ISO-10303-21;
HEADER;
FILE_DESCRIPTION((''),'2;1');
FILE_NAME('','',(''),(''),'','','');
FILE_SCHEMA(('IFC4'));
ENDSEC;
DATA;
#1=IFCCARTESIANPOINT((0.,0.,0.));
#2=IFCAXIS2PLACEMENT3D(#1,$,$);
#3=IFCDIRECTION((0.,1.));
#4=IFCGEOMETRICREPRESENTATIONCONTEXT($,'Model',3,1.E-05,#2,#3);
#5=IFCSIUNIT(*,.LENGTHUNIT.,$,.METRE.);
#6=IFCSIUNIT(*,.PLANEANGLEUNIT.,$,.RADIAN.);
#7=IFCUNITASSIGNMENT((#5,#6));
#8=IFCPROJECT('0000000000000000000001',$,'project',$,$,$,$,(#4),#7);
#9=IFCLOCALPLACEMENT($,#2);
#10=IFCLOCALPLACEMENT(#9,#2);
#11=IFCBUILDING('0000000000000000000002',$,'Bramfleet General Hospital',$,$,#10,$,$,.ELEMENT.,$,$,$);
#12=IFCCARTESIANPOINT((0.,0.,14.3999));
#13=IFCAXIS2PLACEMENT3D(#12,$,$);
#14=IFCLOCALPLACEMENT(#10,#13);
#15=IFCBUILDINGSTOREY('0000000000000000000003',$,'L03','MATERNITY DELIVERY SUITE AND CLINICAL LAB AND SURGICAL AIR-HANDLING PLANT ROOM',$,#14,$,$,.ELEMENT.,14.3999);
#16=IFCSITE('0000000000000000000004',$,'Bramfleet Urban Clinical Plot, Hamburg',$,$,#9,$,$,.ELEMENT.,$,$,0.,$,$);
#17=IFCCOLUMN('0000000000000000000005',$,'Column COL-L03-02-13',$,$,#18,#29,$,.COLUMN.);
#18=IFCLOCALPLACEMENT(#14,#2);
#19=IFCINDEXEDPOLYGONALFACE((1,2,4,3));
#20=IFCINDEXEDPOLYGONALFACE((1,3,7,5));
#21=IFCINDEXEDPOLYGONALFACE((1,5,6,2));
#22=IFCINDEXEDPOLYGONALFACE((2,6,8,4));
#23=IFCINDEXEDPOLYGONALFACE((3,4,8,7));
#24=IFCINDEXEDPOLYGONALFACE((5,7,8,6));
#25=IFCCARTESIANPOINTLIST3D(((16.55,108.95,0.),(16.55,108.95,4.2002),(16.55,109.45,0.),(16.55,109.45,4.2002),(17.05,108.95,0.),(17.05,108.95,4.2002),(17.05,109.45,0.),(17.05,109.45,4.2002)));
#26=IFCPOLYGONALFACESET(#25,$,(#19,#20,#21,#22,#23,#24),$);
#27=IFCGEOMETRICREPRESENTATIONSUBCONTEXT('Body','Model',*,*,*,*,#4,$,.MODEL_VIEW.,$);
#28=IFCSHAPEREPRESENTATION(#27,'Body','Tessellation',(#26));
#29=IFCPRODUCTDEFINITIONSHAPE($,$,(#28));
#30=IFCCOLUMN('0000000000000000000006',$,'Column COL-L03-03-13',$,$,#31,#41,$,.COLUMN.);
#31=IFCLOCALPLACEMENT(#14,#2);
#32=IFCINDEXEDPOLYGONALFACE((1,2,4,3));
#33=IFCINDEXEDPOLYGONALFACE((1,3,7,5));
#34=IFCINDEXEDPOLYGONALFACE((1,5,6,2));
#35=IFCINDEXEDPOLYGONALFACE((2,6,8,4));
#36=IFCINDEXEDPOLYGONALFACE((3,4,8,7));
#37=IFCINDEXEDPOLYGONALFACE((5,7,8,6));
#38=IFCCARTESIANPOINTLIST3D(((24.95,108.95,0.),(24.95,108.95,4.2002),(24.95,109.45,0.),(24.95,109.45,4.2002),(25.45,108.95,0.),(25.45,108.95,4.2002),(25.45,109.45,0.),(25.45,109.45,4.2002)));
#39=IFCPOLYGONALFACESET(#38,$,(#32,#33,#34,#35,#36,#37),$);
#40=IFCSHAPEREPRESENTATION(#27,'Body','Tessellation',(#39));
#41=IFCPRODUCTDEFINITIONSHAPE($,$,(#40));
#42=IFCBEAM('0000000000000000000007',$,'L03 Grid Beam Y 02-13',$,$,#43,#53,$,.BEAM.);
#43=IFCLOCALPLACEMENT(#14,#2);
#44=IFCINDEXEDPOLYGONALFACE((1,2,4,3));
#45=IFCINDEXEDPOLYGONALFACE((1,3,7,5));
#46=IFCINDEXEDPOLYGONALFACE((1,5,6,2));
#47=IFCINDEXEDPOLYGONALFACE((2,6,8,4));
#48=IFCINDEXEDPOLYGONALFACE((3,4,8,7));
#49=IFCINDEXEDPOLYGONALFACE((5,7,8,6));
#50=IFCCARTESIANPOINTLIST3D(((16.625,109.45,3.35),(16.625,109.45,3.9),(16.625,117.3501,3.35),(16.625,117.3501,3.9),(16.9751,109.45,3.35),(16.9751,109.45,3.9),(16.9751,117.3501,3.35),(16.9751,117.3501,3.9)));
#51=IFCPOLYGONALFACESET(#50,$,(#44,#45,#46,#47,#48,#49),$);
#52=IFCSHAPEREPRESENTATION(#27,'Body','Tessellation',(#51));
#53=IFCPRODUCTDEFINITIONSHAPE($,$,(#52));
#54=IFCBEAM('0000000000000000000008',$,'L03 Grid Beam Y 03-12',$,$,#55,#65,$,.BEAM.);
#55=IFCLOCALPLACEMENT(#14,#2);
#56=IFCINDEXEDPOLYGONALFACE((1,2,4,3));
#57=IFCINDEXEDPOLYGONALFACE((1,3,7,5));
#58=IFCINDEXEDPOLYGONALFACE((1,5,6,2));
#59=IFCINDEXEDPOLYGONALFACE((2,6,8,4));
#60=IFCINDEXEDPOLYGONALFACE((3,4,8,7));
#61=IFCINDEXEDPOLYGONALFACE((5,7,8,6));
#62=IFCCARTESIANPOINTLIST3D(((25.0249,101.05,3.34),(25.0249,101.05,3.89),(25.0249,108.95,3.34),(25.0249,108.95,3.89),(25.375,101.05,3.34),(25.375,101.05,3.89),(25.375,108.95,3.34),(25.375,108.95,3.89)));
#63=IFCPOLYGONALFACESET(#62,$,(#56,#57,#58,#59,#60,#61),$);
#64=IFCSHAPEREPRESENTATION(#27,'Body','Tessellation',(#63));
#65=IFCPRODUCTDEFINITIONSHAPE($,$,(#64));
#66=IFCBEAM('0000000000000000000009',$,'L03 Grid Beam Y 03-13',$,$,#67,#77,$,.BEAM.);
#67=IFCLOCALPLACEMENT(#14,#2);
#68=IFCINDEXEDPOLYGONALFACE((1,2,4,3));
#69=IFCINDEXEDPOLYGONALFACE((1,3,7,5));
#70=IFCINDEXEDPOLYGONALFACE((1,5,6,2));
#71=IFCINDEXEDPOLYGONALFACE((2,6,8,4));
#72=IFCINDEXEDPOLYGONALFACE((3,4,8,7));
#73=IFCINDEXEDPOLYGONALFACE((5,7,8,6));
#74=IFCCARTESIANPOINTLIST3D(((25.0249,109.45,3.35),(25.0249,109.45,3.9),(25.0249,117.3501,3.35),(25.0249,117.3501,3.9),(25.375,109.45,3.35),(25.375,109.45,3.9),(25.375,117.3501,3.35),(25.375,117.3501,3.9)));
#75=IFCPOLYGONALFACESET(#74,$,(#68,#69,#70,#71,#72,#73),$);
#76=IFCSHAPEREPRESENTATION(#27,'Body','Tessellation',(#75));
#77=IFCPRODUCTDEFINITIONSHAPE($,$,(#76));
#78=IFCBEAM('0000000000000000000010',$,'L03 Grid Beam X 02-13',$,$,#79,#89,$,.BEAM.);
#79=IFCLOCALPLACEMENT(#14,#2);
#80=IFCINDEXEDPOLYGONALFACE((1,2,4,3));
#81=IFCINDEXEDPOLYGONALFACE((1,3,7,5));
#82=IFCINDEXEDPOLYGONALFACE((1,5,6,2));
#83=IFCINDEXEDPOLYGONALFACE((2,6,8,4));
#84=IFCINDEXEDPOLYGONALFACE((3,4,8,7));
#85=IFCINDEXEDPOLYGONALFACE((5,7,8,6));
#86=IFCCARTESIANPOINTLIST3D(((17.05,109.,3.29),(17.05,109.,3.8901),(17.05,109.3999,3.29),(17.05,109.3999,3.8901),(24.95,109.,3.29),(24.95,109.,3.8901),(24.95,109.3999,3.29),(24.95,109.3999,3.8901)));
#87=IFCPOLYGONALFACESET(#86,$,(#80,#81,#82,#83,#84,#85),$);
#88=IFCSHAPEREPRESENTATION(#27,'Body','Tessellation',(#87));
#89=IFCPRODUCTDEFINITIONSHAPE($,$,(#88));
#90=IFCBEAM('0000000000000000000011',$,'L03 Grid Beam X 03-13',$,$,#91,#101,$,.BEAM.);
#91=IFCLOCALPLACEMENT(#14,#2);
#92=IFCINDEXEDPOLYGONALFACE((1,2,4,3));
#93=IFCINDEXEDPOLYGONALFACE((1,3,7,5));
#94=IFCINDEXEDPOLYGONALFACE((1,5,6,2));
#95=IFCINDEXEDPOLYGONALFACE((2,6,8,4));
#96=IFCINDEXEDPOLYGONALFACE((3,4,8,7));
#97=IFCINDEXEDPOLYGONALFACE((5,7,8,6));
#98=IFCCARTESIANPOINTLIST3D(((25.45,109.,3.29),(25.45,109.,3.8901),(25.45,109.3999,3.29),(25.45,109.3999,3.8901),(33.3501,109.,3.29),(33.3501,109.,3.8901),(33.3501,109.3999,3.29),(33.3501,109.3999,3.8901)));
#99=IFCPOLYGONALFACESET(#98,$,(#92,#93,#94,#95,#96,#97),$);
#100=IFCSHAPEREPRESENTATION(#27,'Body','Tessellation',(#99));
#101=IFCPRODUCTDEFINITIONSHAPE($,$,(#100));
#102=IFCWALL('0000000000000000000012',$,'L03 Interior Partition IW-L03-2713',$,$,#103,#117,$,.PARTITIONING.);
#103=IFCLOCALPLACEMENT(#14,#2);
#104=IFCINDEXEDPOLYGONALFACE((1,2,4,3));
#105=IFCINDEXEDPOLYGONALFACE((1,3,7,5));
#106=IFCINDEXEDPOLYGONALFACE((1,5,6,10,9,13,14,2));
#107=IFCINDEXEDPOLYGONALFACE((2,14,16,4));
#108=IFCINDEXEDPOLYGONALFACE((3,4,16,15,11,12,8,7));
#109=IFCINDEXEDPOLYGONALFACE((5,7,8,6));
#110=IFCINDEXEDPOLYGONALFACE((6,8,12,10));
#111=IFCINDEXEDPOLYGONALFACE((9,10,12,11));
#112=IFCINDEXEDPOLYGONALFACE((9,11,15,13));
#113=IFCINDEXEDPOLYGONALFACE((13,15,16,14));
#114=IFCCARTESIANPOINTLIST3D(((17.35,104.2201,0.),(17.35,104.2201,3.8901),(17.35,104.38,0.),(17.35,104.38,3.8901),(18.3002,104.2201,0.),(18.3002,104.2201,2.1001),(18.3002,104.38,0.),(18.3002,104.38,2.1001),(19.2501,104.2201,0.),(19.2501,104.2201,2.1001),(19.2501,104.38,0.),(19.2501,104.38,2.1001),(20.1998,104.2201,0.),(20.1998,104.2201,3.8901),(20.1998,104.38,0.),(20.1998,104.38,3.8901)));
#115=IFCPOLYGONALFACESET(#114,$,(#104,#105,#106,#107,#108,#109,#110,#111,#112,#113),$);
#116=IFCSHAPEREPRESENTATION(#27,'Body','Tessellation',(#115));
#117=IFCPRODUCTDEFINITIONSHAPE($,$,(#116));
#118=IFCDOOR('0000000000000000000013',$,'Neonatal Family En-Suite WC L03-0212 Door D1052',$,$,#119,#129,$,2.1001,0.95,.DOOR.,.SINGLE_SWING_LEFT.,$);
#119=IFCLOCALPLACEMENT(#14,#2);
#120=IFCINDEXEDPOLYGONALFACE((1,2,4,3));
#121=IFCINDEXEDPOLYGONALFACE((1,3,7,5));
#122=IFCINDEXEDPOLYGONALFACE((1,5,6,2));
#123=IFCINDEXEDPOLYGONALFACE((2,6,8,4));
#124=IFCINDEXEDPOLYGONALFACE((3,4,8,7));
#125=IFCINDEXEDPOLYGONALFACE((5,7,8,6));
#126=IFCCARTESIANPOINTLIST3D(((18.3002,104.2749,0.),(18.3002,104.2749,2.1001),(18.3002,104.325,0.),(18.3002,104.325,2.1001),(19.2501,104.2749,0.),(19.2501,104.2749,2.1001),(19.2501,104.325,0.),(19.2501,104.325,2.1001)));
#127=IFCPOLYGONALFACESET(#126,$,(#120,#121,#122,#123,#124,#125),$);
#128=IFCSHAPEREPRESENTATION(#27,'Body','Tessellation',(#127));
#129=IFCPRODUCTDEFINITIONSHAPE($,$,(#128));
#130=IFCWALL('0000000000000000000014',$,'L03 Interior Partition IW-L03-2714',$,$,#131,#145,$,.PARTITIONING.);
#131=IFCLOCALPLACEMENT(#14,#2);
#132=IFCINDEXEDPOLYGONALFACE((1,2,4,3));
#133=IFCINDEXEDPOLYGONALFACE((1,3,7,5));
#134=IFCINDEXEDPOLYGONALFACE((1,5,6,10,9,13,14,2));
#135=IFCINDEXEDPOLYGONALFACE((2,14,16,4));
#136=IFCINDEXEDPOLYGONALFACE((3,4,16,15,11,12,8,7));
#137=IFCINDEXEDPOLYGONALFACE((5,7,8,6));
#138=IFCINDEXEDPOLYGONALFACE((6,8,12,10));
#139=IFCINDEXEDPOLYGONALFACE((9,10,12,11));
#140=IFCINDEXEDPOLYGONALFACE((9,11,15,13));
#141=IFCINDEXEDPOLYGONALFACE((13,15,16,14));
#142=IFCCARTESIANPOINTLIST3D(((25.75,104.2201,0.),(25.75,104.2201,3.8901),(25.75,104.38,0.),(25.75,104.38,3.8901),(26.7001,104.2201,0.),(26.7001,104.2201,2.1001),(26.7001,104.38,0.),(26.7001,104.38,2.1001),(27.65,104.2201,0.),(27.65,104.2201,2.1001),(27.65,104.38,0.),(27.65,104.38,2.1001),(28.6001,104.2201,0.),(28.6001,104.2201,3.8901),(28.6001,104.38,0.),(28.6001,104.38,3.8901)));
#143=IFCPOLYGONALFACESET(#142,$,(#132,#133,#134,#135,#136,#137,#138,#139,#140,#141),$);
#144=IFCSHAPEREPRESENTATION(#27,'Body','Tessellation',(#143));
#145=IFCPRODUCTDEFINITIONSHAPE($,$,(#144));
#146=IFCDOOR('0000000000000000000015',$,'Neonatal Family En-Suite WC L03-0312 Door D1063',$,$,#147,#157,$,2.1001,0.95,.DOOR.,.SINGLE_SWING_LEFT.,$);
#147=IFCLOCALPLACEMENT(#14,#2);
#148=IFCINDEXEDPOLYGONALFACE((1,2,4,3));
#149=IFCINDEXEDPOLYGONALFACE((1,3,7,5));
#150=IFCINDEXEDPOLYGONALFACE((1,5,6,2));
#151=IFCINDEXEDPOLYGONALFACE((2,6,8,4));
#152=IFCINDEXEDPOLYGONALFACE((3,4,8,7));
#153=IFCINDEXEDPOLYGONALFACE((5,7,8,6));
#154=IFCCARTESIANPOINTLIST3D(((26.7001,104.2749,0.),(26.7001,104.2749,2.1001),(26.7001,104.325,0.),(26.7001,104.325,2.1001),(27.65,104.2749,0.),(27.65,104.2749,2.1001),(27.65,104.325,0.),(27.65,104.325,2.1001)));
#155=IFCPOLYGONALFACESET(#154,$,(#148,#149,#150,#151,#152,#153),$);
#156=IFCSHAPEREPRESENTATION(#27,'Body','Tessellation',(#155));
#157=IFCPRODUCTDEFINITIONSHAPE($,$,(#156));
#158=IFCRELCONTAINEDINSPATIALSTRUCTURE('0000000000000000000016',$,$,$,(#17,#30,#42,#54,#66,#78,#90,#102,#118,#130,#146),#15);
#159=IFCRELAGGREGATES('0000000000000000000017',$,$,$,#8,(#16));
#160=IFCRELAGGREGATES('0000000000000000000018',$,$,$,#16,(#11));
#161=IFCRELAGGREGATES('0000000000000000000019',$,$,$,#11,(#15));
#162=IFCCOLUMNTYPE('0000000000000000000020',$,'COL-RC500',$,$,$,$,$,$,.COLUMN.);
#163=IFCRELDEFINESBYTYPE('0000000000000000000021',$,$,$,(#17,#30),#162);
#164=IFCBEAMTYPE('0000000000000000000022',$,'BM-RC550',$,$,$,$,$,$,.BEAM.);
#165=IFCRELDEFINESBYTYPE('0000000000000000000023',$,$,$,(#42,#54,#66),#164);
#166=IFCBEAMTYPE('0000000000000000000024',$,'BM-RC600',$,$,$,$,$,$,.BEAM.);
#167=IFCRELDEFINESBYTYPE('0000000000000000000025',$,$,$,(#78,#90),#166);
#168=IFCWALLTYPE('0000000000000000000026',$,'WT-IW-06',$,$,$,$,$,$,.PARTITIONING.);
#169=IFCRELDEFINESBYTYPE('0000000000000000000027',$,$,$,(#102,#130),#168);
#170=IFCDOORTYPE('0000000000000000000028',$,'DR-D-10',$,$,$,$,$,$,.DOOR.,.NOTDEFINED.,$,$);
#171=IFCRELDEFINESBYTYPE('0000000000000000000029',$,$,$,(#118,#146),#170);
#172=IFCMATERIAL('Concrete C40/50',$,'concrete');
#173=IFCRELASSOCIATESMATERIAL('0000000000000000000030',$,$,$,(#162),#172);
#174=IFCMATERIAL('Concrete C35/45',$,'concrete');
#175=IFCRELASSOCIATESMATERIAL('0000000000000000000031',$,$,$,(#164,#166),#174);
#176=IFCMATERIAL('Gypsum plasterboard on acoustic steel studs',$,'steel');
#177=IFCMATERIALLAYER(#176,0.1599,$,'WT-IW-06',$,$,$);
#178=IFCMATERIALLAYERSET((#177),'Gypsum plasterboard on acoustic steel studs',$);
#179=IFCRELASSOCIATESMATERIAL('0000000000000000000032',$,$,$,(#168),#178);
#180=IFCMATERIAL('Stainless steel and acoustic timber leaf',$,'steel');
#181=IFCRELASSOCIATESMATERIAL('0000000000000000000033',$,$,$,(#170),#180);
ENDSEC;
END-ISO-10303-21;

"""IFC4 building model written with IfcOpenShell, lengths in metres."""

from ifc_helpers import new_model, si_unit, direction, frame, frame_2d, origin, origin_2d, place, context, subcontext, project, spatial, rectangle, extrude, material, layer, layer_set, material_profile, profile_set, type_object, element, fill, save


model = new_model("IFC4")

# Units and contexts
model_context = context("Model", 3, precision=1e-05, world=origin(), true_north=direction((0.0, 1.0)))
body_context = subcontext(model_context, "Body", "Model", "MODEL_VIEW")
ifc_project = project(units=[si_unit("LENGTHUNIT", "METRE"), si_unit("PLANEANGLEUNIT", "RADIAN")], contexts=[model_context])

# Site, building, storey
site_placement = place(None, origin())
site = spatial("IfcSite", under=ifc_project, at=site_placement, Name="Bramfleet Urban Clinical Plot, Hamburg", CompositionType="ELEMENT", RefElevation=0.0)
building_placement = place(site_placement, origin())
building = spatial("IfcBuilding", under=site, at=building_placement, Name="Bramfleet General Hospital", CompositionType="ELEMENT")
storey_placement = place(building_placement, frame((0.0, 0.0, 14.3999)))
storey = spatial("IfcBuildingStorey", under=building, at=storey_placement, Name="L03", Description="MATERNITY DELIVERY SUITE AND CLINICAL LAB AND SURGICAL AIR-HANDLING PLANT ROOM", CompositionType="ELEMENT", Elevation=14.3999)

# Columns
ifc_material_1 = material(Name="Concrete C40/50", Category="concrete")
ifc_material_profile_1 = material_profile(ifc_material_1, rectangle(XDim=0.5, YDim=0.5, at=origin_2d()), Name="RC COL 500x500")
ifc_profile_set_1 = profile_set([ifc_material_profile_1], Name="Concrete C40/50")
column_type = type_object("IfcColumnType", Name="COL-RC500", PredefinedType="COLUMN", material=ifc_profile_set_1)
for number, where, z_axis, x_axis, name in (
    (1, (16.8, 109.2, 0.0), (0.0, 0.0, 1.0), (1.0, 0.0, 0.0), "Column COL-L03-02-13"),
    (2, (25.2, 109.2, 0.0), (0.0, 0.0, 1.0), (1.0, 0.0, 0.0), "Column COL-L03-03-13"),
):
    element("IfcColumn", number, at=place(storey_placement, frame(where, z_axis=z_axis, x_axis=x_axis)), inside=storey, type_object=column_type, Name=name, PredefinedType="COLUMN", context=body_context, shape_type="SweptSolid", body=[
        extrude(rectangle(XDim=0.5, YDim=0.5, at=origin_2d()), origin(), (0.0, 0.0, 1.0), 4.2002),
    ])

# Beams
ifc_material_2 = material(Name="Concrete C35/45", Category="concrete")
ifc_material_profile_2 = material_profile(ifc_material_2, rectangle(XDim=0.3501, YDim=0.55, at=origin_2d()), Name="RC BM 550x350")
ifc_profile_set_2 = profile_set([ifc_material_profile_2], Name="Concrete C35/45")
beam_type_1 = type_object("IfcBeamType", Name="BM-RC550", PredefinedType="BEAM", material=ifc_profile_set_2)
beam_1_placement = place(storey_placement, frame((16.8, 109.45, 3.625), z_axis=(0.0, 1.0, 0.0), x_axis=(-1.0, 0.0, 0.0)))
element("IfcBeam", 3, at=beam_1_placement, inside=storey, type_object=beam_type_1, Name="L03 Grid Beam Y 02-13", PredefinedType="BEAM", context=body_context, shape_type="SweptSolid", body=[
    extrude(rectangle(XDim=0.3501, YDim=0.55, at=origin_2d()), origin(), (0.0, 0.0, 1.0), 7.9001),
])
beam_2_placement = place(storey_placement, frame((25.2, 101.05, 3.615), z_axis=(0.0, 1.0, 0.0), x_axis=(-1.0, 0.0, 0.0)))
element("IfcBeam", 4, at=beam_2_placement, inside=storey, type_object=beam_type_1, Name="L03 Grid Beam Y 03-12", PredefinedType="BEAM", context=body_context, shape_type="SweptSolid", body=[
    extrude(rectangle(XDim=0.3501, YDim=0.55, at=origin_2d()), origin(), (0.0, 0.0, 1.0), 7.8999),
])
beam_3_placement = place(storey_placement, frame((25.2, 109.45, 3.625), z_axis=(0.0, 1.0, 0.0), x_axis=(-1.0, 0.0, 0.0)))
element("IfcBeam", 5, at=beam_3_placement, inside=storey, type_object=beam_type_1, Name="L03 Grid Beam Y 03-13", PredefinedType="BEAM", context=body_context, shape_type="SweptSolid", body=[
    extrude(rectangle(XDim=0.3501, YDim=0.55, at=origin_2d()), origin(), (0.0, 0.0, 1.0), 7.9001),
])
ifc_material_profile_3 = material_profile(ifc_material_2, rectangle(XDim=0.3999, YDim=0.6001, at=origin_2d()), Name="RC BM 600x400")
ifc_profile_set_3 = profile_set([ifc_material_profile_3], Name="Concrete C35/45")
beam_type_2 = type_object("IfcBeamType", Name="BM-RC600", PredefinedType="BEAM", material=ifc_profile_set_3)
beam_4_placement = place(storey_placement, frame((17.05, 109.2, 3.5901), z_axis=(1.0, 0.0, 0.0), x_axis=(0.0, 1.0, 0.0)))
element("IfcBeam", 6, at=beam_4_placement, inside=storey, type_object=beam_type_2, Name="L03 Grid Beam X 02-13", PredefinedType="BEAM", context=body_context, shape_type="SweptSolid", body=[
    extrude(rectangle(XDim=0.3999, YDim=0.6001, at=origin_2d()), origin(), (0.0, 0.0, 1.0), 7.8999),
])
beam_5_placement = place(storey_placement, frame((25.45, 109.2, 3.5901), z_axis=(1.0, 0.0, 0.0), x_axis=(0.0, 1.0, 0.0)))
element("IfcBeam", 7, at=beam_5_placement, inside=storey, type_object=beam_type_2, Name="L03 Grid Beam X 03-13", PredefinedType="BEAM", context=body_context, shape_type="SweptSolid", body=[
    extrude(rectangle(XDim=0.3999, YDim=0.6001, at=origin_2d()), origin(), (0.0, 0.0, 1.0), 7.9001),
])

# Walls, openings, doors
ifc_material_3 = material(Name="Gypsum plasterboard on acoustic steel studs", Category="steel")
ifc_layer_1 = layer(ifc_material_3, 0.1599, Name="WT-IW-06")
ifc_layer_set_1 = layer_set([ifc_layer_1], Name="Gypsum plasterboard on acoustic steel studs")
wall_type_1 = type_object("IfcWallType", Name="WT-IW-06", PredefinedType="PARTITIONING", material=ifc_layer_set_1)
wall_1_placement = place(storey_placement, frame((17.3501, 104.3, 0.0), z_axis=(0.0, 0.0, 1.0), x_axis=(1.0, 0.0, 0.0)))
wall_1 = element("IfcWall", 8, at=wall_1_placement, inside=storey, type_object=wall_type_1, Name="L03 Interior Partition IW-L03-2713", PredefinedType="PARTITIONING", context=body_context, shape_type="SweptSolid", body=[
    extrude(rectangle(XDim=2.8499, YDim=0.1599, at=frame_2d((1.4248, 0.0))), origin(), (0.0, 0.0, 1.0), 3.8901),
])
opening_1_placement = place(wall_1_placement, frame((0.95, 0.0, 0.0)))
opening_1 = element("IfcOpeningElement", 9, at=opening_1_placement, cuts=wall_1, PredefinedType="OPENING", context=body_context, shape_type="SweptSolid", body=[
    extrude(rectangle(XDim=0.95, YDim=2.1001, at=frame_2d((0.4751, 1.05))), frame((0.0, 0.0898, 0.0), z_axis=(0.0, -1.0, 0.0), x_axis=(1.0, 0.0, 0.0)), (0.0, 0.0, 1.0), 0.1799),
])
ifc_material_4 = material(Name="Stainless steel and acoustic timber leaf", Category="steel")
door_type_1 = type_object("IfcDoorType", Name="DR-D-10", OperationType="NOTDEFINED", PredefinedType="DOOR", material=ifc_material_4)
door_1_placement = place(opening_1_placement, origin())
door_1 = element("IfcDoor", 10, at=door_1_placement, inside=storey, type_object=door_type_1, Name="Neonatal Family En-Suite WC L03-0212 Door D1052", OperationType="SINGLE_SWING_LEFT", OverallHeight=2.1001, OverallWidth=0.95, PredefinedType="DOOR", context=body_context, shape_type="SweptSolid", body=[
    extrude(rectangle(XDim=0.95, YDim=2.1001, at=frame_2d((0.4751, 1.05))), frame((0.0, 0.0249, 0.0), z_axis=(0.0, -1.0, 0.0), x_axis=(1.0, 0.0, 0.0)), (0.0, 0.0, 1.0), 0.05),
])
fill(opening_1, door_1)
wall_2_placement = place(storey_placement, frame((25.75, 104.3, 0.0), z_axis=(0.0, 0.0, 1.0), x_axis=(1.0, 0.0, 0.0)))
wall_2 = element("IfcWall", 11, at=wall_2_placement, inside=storey, type_object=wall_type_1, Name="L03 Interior Partition IW-L03-2714", PredefinedType="PARTITIONING", context=body_context, shape_type="SweptSolid", body=[
    extrude(rectangle(XDim=2.8501, YDim=0.1599, at=frame_2d((1.425, 0.0))), origin(), (0.0, 0.0, 1.0), 3.8901),
])
opening_2_placement = place(wall_2_placement, frame((0.95, 0.0, 0.0)))
opening_2 = element("IfcOpeningElement", 12, at=opening_2_placement, cuts=wall_2, PredefinedType="OPENING", context=body_context, shape_type="SweptSolid", body=[
    extrude(rectangle(XDim=0.95, YDim=2.1001, at=frame_2d((0.4751, 1.05))), frame((0.0, 0.0898, 0.0), z_axis=(0.0, -1.0, 0.0), x_axis=(1.0, 0.0, 0.0)), (0.0, 0.0, 1.0), 0.1799),
])
door_2_placement = place(opening_2_placement, origin())
door_2 = element("IfcDoor", 13, at=door_2_placement, inside=storey, type_object=door_type_1, Name="Neonatal Family En-Suite WC L03-0312 Door D1063", OperationType="SINGLE_SWING_LEFT", OverallHeight=2.1001, OverallWidth=0.95, PredefinedType="DOOR", context=body_context, shape_type="SweptSolid", body=[
    extrude(rectangle(XDim=0.95, YDim=2.1001, at=frame_2d((0.4751, 1.05))), frame((0.0, 0.0249, 0.0), z_axis=(0.0, -1.0, 0.0), x_axis=(1.0, 0.0, 0.0)), (0.0, 0.0, 1.0), 0.05),
])
fill(opening_2, door_2)

save(model, "model.ifc")
